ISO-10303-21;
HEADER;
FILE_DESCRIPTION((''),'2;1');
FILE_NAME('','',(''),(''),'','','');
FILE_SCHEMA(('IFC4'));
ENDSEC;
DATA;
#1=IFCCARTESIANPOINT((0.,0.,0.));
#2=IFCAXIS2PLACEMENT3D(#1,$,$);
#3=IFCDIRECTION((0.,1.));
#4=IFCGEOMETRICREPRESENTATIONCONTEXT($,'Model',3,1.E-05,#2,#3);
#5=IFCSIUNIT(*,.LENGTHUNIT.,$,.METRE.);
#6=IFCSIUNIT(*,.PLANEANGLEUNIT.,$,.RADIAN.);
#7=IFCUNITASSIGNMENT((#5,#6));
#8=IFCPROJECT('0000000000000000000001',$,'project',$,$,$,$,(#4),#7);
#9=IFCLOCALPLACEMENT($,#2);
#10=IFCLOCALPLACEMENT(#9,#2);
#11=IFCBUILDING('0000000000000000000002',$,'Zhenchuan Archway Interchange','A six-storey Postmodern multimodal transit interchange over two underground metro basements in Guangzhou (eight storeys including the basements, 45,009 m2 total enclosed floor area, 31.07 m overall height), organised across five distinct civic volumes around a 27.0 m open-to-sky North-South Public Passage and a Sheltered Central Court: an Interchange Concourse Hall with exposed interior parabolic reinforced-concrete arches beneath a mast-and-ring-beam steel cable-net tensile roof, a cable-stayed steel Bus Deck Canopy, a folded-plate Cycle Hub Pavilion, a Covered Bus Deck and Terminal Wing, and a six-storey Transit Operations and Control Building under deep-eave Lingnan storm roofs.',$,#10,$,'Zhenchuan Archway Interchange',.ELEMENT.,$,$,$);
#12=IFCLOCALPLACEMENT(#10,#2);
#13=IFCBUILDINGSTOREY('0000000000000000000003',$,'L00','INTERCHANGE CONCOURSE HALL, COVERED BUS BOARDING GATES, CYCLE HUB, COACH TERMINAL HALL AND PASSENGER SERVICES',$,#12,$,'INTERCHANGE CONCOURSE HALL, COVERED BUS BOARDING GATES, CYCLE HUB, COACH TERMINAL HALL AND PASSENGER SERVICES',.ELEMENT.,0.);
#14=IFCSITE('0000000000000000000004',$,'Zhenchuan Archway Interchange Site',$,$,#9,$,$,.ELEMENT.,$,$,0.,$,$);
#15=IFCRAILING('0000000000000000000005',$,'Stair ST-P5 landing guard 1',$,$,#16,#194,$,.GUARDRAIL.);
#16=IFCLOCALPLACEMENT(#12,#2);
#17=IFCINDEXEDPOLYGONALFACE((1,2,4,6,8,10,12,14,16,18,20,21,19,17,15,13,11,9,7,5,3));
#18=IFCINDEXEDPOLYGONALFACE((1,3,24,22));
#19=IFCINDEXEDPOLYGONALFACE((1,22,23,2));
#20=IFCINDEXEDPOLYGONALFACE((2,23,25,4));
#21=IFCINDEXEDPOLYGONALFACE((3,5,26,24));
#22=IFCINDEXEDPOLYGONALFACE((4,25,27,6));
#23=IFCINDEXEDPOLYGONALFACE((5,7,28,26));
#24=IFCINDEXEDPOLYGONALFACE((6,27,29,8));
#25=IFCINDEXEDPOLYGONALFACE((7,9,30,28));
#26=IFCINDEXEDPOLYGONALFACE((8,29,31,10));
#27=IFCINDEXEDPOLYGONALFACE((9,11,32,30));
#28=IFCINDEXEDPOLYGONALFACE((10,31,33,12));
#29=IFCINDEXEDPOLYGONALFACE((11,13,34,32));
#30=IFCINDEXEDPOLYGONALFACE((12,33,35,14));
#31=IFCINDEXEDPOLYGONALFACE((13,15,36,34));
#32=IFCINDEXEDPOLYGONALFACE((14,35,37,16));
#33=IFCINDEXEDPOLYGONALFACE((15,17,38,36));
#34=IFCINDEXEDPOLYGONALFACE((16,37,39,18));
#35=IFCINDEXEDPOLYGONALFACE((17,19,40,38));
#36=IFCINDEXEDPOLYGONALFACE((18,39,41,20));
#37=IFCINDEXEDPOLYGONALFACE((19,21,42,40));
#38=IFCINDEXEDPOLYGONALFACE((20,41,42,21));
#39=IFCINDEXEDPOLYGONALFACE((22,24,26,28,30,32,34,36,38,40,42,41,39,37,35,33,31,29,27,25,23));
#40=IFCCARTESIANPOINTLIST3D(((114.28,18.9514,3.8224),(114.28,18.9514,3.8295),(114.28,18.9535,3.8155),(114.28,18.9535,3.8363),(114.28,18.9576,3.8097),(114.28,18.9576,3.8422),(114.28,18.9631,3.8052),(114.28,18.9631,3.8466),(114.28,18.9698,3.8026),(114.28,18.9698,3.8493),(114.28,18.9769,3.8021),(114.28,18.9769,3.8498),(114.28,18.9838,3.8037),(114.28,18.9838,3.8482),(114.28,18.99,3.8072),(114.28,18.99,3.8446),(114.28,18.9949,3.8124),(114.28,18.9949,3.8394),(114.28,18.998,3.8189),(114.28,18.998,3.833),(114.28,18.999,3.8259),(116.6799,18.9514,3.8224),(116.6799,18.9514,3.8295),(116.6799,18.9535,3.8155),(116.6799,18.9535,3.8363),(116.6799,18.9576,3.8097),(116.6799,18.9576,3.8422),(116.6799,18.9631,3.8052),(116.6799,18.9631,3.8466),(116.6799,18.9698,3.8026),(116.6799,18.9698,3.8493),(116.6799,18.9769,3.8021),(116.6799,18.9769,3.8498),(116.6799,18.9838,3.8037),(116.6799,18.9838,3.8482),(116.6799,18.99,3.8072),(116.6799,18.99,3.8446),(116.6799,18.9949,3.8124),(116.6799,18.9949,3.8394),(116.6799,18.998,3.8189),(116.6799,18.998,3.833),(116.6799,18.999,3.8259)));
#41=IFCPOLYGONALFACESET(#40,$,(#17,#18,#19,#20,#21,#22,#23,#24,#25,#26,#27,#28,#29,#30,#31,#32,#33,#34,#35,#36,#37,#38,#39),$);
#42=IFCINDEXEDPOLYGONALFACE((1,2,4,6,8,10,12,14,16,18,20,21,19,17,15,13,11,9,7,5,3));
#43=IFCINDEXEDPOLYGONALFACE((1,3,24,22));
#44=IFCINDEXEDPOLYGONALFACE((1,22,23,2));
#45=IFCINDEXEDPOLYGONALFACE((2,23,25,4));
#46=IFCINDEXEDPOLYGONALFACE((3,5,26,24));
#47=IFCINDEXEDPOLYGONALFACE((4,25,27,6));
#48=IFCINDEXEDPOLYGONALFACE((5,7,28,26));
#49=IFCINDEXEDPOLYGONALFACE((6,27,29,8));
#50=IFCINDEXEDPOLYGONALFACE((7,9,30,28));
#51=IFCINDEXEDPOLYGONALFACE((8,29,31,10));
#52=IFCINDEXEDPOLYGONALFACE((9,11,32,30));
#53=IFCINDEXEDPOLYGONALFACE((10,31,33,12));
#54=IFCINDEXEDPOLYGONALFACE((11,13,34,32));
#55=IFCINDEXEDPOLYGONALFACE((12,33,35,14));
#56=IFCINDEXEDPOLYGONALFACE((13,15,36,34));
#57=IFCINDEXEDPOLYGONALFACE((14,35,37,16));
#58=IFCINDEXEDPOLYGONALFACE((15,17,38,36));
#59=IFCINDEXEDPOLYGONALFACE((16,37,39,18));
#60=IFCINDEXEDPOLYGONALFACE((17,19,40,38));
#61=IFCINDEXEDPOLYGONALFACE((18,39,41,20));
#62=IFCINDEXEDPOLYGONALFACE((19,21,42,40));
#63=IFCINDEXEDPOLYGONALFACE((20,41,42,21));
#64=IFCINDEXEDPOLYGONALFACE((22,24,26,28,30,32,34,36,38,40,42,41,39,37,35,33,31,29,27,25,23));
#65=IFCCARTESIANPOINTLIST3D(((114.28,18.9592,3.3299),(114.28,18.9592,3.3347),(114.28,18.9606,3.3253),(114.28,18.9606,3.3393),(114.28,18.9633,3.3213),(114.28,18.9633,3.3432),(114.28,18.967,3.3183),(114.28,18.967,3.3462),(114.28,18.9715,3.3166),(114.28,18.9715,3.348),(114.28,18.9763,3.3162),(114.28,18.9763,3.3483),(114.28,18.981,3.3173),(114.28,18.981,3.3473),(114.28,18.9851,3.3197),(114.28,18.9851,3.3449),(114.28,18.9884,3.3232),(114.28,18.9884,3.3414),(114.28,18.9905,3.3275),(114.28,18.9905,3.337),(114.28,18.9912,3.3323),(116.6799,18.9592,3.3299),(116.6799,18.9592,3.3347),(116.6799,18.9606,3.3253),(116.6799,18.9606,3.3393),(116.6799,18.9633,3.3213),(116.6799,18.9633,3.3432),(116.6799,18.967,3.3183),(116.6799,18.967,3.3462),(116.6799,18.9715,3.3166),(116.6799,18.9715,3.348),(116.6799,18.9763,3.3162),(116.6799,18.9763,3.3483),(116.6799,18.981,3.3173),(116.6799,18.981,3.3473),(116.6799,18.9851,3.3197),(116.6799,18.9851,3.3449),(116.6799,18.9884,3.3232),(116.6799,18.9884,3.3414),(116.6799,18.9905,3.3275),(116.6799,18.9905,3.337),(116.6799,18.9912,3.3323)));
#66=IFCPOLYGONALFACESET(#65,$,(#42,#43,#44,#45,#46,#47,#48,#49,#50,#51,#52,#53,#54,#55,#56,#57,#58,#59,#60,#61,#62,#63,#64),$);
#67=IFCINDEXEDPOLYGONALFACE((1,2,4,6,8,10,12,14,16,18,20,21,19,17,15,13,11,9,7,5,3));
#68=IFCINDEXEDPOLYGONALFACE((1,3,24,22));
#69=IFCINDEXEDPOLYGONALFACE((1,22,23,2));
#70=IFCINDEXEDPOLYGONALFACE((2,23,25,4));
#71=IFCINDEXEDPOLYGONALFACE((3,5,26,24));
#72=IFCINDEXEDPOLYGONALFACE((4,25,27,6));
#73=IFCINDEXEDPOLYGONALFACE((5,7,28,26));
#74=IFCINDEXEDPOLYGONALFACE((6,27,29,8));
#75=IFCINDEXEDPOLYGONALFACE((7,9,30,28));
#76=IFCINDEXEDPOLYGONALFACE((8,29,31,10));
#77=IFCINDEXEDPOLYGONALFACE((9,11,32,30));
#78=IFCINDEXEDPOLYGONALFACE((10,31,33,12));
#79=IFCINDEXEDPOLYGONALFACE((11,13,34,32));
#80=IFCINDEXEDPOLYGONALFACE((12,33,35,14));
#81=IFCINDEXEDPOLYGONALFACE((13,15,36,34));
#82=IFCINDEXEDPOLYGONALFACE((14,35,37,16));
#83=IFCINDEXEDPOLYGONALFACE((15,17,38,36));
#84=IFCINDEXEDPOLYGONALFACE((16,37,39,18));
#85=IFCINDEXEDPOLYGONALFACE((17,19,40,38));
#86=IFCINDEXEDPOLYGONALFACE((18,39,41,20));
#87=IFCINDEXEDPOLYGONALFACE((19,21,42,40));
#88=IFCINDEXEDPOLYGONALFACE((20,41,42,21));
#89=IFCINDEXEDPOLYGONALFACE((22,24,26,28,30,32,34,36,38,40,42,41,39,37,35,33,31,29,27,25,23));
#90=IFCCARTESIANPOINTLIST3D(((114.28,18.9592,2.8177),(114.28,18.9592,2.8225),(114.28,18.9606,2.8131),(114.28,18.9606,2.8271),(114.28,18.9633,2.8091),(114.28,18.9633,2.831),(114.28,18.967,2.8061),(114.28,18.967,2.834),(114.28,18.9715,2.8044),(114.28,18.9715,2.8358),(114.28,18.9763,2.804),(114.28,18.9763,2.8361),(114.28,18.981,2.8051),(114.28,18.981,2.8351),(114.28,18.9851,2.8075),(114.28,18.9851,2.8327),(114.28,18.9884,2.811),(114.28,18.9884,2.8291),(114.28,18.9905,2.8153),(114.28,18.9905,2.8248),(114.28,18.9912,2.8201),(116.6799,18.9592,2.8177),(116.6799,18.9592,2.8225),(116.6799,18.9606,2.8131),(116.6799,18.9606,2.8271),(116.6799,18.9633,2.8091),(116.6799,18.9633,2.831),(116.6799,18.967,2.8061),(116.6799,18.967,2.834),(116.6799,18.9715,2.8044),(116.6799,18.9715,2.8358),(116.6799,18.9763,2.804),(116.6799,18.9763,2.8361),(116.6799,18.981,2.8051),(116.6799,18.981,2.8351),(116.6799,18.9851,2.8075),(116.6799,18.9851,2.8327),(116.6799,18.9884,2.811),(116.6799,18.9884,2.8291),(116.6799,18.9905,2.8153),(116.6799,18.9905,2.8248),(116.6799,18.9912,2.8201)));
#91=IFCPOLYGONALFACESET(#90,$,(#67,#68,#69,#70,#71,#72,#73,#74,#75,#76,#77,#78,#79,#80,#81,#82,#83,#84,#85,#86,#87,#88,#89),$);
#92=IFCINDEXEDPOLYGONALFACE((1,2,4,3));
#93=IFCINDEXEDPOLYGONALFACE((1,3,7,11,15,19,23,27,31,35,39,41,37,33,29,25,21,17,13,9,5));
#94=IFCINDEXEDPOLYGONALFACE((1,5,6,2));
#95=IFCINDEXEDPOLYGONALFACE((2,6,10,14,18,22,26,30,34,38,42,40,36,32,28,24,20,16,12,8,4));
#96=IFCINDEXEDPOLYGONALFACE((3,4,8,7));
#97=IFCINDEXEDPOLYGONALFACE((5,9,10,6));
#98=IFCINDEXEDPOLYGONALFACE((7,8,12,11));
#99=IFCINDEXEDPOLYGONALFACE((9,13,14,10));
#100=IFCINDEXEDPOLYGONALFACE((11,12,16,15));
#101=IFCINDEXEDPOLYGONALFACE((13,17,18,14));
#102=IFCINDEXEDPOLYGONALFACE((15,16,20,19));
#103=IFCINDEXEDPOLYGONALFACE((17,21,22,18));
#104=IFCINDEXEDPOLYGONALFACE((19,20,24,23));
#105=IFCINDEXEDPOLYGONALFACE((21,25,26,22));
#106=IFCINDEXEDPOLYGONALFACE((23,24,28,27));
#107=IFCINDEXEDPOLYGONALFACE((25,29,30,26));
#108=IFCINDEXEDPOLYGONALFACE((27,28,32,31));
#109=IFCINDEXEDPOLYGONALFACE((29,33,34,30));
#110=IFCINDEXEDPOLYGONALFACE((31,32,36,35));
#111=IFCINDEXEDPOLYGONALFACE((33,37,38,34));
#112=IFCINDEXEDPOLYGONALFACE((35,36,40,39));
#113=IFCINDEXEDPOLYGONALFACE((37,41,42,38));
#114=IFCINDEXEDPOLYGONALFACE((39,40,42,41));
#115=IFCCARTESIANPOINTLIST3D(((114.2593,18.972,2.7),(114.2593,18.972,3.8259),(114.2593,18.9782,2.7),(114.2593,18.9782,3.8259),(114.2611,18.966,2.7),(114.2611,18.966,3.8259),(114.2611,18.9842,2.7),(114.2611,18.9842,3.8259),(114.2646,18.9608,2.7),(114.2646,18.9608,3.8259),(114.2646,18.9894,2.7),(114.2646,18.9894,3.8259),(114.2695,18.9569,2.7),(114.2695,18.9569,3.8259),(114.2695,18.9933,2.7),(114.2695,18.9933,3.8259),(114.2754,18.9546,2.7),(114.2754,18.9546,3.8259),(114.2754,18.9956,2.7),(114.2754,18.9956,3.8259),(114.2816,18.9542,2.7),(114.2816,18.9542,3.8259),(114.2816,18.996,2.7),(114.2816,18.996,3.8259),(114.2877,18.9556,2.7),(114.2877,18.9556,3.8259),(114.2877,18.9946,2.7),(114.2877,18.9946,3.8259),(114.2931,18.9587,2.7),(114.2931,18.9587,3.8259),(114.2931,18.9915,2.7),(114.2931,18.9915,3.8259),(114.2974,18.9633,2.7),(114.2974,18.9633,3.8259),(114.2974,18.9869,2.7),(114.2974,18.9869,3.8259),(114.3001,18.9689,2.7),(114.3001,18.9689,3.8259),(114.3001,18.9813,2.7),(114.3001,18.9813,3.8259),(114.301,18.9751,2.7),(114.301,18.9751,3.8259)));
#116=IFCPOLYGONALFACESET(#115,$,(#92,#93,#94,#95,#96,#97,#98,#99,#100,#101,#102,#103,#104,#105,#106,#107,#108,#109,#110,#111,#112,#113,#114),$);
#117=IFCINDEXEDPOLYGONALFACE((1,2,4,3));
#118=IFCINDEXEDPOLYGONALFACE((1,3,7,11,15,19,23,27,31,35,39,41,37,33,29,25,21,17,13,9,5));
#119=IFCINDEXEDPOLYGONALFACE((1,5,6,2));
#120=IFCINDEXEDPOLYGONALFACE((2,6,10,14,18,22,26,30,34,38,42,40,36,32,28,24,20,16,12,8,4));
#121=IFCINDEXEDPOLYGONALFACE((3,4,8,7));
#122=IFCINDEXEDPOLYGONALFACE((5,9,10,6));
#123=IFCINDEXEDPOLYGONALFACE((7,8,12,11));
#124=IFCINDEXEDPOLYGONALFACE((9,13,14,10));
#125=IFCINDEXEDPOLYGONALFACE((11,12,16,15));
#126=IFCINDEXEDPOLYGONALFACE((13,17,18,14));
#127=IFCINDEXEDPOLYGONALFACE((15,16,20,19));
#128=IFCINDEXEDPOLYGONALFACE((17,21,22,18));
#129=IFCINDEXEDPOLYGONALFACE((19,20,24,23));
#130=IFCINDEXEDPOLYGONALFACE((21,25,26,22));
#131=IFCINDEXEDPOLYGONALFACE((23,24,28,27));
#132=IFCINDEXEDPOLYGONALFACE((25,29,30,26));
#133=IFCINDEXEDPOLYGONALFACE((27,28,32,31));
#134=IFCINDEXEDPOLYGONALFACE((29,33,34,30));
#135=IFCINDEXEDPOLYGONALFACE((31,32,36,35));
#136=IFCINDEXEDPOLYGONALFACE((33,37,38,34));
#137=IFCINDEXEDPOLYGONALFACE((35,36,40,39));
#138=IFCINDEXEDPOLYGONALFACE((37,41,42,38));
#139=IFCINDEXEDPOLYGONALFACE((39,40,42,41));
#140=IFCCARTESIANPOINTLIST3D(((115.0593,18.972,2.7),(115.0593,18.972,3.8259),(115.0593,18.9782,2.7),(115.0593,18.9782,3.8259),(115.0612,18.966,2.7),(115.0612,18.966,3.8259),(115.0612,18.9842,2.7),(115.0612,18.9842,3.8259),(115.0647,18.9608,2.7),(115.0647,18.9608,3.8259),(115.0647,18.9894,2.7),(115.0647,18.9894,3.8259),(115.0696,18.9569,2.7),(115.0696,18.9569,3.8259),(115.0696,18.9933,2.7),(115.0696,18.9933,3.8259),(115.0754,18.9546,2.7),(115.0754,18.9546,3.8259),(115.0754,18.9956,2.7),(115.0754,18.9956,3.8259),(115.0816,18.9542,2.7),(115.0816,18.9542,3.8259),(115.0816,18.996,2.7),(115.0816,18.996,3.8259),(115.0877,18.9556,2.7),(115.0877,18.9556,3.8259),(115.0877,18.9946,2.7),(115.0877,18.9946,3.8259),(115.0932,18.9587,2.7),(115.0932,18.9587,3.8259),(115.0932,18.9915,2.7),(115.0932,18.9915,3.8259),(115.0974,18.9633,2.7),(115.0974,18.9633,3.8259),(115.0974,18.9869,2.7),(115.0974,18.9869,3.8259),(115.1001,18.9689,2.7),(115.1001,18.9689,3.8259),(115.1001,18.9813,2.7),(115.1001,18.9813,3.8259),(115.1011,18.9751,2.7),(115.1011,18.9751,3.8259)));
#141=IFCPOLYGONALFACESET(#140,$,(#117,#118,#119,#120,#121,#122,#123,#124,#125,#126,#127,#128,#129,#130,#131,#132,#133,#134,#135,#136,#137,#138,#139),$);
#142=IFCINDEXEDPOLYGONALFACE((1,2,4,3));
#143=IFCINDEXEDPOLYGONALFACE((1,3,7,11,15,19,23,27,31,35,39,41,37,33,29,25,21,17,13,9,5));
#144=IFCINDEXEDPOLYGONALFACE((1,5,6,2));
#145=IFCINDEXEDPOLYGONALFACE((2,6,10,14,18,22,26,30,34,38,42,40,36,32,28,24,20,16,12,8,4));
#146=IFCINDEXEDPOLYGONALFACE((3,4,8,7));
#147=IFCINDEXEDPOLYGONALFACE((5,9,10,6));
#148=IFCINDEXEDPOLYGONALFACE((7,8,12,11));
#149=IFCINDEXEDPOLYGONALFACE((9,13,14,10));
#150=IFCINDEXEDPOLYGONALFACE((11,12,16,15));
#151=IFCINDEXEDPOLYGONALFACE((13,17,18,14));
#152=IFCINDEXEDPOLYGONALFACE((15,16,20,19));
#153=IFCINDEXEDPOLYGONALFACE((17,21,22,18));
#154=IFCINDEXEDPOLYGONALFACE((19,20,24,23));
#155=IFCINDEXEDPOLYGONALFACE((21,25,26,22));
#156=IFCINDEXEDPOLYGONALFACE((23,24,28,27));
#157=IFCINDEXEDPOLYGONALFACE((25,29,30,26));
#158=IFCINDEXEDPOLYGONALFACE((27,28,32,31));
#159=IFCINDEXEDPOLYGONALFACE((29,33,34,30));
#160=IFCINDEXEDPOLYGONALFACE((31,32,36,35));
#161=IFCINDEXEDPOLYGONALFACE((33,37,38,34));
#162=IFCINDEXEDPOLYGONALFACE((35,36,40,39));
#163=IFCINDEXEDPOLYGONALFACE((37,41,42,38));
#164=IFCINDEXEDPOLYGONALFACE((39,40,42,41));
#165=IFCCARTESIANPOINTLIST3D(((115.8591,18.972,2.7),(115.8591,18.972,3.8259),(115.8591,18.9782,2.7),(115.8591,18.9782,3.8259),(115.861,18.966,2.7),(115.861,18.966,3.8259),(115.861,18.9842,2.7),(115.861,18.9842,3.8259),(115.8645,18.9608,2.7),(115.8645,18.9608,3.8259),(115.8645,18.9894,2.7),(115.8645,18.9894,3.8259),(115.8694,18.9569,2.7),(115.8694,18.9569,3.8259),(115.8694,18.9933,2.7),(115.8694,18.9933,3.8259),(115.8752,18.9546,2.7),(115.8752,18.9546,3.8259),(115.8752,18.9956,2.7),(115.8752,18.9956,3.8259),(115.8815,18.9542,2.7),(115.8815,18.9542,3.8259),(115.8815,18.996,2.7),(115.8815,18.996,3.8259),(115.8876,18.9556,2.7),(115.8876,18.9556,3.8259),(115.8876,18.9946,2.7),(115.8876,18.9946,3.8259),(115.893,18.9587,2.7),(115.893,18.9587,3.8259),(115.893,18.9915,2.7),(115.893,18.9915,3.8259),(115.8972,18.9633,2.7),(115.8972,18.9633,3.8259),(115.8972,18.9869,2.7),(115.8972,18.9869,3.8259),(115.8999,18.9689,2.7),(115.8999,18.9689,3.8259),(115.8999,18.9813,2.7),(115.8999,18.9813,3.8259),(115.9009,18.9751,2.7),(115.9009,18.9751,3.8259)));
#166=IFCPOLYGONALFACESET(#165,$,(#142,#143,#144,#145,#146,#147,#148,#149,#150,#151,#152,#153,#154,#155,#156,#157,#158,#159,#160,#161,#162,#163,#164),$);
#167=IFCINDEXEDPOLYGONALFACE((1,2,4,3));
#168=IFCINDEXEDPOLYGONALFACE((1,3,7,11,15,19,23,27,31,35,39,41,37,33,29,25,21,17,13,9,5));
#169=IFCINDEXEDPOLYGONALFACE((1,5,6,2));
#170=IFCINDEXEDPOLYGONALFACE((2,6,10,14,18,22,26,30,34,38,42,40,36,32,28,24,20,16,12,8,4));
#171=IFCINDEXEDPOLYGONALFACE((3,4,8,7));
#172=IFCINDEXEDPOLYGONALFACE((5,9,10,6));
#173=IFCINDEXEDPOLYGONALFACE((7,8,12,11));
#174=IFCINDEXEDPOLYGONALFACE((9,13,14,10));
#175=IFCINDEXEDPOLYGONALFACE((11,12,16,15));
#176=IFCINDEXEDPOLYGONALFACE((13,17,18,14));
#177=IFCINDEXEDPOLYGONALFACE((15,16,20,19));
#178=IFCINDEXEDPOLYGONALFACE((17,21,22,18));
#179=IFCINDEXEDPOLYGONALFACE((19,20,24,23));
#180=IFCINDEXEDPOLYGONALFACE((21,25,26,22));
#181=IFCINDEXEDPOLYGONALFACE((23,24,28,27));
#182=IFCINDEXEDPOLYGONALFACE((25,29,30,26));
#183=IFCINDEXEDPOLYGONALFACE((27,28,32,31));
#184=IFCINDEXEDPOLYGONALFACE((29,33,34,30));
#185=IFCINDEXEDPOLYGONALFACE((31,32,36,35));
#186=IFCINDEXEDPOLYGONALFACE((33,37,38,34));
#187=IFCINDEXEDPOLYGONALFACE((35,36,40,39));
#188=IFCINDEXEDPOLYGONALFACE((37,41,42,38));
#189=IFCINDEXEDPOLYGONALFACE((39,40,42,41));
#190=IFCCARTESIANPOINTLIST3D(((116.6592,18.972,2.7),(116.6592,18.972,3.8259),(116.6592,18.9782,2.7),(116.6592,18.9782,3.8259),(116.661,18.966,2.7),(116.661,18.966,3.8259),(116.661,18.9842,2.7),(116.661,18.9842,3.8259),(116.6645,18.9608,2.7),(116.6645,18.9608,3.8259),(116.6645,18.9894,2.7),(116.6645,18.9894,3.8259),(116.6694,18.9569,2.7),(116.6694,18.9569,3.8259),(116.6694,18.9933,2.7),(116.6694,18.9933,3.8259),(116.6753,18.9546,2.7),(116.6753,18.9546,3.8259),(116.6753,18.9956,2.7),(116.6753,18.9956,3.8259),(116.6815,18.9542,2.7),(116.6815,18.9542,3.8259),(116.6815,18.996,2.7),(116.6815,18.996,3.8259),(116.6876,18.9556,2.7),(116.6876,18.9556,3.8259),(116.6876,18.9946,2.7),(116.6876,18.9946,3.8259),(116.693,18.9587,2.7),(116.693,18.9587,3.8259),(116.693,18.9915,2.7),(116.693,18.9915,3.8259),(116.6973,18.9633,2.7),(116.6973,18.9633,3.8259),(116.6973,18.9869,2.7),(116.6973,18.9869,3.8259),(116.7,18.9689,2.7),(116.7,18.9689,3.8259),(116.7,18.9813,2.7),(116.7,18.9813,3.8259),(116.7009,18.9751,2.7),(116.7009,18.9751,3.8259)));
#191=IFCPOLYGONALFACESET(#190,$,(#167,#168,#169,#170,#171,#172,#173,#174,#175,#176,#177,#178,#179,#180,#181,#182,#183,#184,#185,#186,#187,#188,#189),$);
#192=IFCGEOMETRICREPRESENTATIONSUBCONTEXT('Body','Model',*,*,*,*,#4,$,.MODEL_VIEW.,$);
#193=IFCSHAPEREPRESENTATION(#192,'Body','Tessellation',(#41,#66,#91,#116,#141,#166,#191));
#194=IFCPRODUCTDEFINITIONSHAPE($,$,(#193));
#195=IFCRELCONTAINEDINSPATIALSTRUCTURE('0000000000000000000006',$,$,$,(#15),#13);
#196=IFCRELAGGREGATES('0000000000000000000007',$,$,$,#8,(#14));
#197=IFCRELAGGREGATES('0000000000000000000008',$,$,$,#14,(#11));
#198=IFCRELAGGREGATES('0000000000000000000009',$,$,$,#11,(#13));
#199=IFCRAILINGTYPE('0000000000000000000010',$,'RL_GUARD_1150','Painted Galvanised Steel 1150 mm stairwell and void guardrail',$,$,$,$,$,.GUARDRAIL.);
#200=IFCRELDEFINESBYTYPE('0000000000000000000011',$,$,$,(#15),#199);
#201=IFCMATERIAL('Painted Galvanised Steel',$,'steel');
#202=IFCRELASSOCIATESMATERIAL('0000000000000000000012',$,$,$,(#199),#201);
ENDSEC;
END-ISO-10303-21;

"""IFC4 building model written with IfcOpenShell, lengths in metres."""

from ifc_helpers import new_model, si_unit, direction, frame, origin, origin_2d, place, context, subcontext, project, spatial, circle, extrude, material, type_object, element, save


model = new_model("IFC4")

# Units and contexts
model_context = context("Model", 3, precision=1e-05, world=origin(), true_north=direction((0.0, 1.0)))
body_context = subcontext(model_context, "Body", "Model", "MODEL_VIEW")
ifc_project = project(units=[si_unit("LENGTHUNIT", "METRE"), si_unit("PLANEANGLEUNIT", "RADIAN")], contexts=[model_context])

# Site, building, storey
site_placement = place(None, origin())
site = spatial("IfcSite", under=ifc_project, at=site_placement, Name="Zhenchuan Archway Interchange Site", CompositionType="ELEMENT", RefElevation=0.0)
building_placement = place(site_placement, origin())
building = spatial("IfcBuilding", under=site, at=building_placement, Name="Zhenchuan Archway Interchange", Description="A six-storey Postmodern multimodal transit interchange over two underground metro basements in Guangzhou (eight storeys including the basements, 45,009 m2 total enclosed floor area, 31.07 m overall height), organised across five distinct civic volumes around a 27.0 m open-to-sky North-South Public Passage and a Sheltered Central Court: an Interchange Concourse Hall with exposed interior parabolic reinforced-concrete arches beneath a mast-and-ring-beam steel cable-net tensile roof, a cable-stayed steel Bus Deck Canopy, a folded-plate Cycle Hub Pavilion, a Covered Bus Deck and Terminal Wing, and a six-storey Transit Operations and Control Building under deep-eave Lingnan storm roofs.", LongName="Zhenchuan Archway Interchange", CompositionType="ELEMENT")
storey_placement = place(building_placement, origin())
storey = spatial("IfcBuildingStorey", under=building, at=storey_placement, Name="L00", Description="INTERCHANGE CONCOURSE HALL, COVERED BUS BOARDING GATES, CYCLE HUB, COACH TERMINAL HALL AND PASSENGER SERVICES", LongName="INTERCHANGE CONCOURSE HALL, COVERED BUS BOARDING GATES, CYCLE HUB, COACH TERMINAL HALL AND PASSENGER SERVICES", CompositionType="ELEMENT", Elevation=0.0)

# Railing
ifc_material_1 = material(Name="Painted Galvanised Steel", Category="steel")
railing_type_1 = type_object("IfcRailingType", Name="RL_GUARD_1150", Description="Painted Galvanised Steel 1150 mm stairwell and void guardrail", PredefinedType="GUARDRAIL", material=ifc_material_1)
for number, where, name in (
    (1, (114.28, 18.9751, 2.7), "Stair ST-P5 landing guard 1"),
):
    element("IfcRailing", number, at=place(storey_placement, frame(where)), inside=storey, type_object=railing_type_1, Name=name, PredefinedType="GUARDRAIL", context=body_context, shape_type="SweptSolid", body=[
        extrude(circle(Radius=0.0239, at=origin_2d()), frame((0.0, 0.0, 1.126), z_axis=(1.0, 0.0, 0.0), x_axis=(0.0, 1.0, 0.0)), (0.0, 0.0, 1.0), 2.3999),
        extrude(circle(Radius=0.0161, at=origin_2d()), frame((0.0, 0.0, 0.6323), z_axis=(1.0, 0.0, 0.0), x_axis=(0.0, 1.0, 0.0)), (0.0, 0.0, 1.0), 2.3999),
        extrude(circle(Radius=0.0161, at=origin_2d()), frame((0.0, 0.0, 0.1201), z_axis=(1.0, 0.0, 0.0), x_axis=(0.0, 1.0, 0.0)), (0.0, 0.0, 1.0), 2.3999),
        extrude(circle(Radius=0.021, at=origin_2d()), origin(), (0.0, 0.0, 1.0), 1.126),
        extrude(circle(Radius=0.021, at=origin_2d()), frame((0.8, 0.0, 0.0)), (0.0, 0.0, 1.0), 1.126),
        extrude(circle(Radius=0.021, at=origin_2d()), frame((1.5999, 0.0, 0.0)), (0.0, 0.0, 1.0), 1.126),
        extrude(circle(Radius=0.021, at=origin_2d()), frame((2.3999, 0.0, 0.0)), (0.0, 0.0, 1.0), 1.126),
    ])

save(model, "model.ifc")
